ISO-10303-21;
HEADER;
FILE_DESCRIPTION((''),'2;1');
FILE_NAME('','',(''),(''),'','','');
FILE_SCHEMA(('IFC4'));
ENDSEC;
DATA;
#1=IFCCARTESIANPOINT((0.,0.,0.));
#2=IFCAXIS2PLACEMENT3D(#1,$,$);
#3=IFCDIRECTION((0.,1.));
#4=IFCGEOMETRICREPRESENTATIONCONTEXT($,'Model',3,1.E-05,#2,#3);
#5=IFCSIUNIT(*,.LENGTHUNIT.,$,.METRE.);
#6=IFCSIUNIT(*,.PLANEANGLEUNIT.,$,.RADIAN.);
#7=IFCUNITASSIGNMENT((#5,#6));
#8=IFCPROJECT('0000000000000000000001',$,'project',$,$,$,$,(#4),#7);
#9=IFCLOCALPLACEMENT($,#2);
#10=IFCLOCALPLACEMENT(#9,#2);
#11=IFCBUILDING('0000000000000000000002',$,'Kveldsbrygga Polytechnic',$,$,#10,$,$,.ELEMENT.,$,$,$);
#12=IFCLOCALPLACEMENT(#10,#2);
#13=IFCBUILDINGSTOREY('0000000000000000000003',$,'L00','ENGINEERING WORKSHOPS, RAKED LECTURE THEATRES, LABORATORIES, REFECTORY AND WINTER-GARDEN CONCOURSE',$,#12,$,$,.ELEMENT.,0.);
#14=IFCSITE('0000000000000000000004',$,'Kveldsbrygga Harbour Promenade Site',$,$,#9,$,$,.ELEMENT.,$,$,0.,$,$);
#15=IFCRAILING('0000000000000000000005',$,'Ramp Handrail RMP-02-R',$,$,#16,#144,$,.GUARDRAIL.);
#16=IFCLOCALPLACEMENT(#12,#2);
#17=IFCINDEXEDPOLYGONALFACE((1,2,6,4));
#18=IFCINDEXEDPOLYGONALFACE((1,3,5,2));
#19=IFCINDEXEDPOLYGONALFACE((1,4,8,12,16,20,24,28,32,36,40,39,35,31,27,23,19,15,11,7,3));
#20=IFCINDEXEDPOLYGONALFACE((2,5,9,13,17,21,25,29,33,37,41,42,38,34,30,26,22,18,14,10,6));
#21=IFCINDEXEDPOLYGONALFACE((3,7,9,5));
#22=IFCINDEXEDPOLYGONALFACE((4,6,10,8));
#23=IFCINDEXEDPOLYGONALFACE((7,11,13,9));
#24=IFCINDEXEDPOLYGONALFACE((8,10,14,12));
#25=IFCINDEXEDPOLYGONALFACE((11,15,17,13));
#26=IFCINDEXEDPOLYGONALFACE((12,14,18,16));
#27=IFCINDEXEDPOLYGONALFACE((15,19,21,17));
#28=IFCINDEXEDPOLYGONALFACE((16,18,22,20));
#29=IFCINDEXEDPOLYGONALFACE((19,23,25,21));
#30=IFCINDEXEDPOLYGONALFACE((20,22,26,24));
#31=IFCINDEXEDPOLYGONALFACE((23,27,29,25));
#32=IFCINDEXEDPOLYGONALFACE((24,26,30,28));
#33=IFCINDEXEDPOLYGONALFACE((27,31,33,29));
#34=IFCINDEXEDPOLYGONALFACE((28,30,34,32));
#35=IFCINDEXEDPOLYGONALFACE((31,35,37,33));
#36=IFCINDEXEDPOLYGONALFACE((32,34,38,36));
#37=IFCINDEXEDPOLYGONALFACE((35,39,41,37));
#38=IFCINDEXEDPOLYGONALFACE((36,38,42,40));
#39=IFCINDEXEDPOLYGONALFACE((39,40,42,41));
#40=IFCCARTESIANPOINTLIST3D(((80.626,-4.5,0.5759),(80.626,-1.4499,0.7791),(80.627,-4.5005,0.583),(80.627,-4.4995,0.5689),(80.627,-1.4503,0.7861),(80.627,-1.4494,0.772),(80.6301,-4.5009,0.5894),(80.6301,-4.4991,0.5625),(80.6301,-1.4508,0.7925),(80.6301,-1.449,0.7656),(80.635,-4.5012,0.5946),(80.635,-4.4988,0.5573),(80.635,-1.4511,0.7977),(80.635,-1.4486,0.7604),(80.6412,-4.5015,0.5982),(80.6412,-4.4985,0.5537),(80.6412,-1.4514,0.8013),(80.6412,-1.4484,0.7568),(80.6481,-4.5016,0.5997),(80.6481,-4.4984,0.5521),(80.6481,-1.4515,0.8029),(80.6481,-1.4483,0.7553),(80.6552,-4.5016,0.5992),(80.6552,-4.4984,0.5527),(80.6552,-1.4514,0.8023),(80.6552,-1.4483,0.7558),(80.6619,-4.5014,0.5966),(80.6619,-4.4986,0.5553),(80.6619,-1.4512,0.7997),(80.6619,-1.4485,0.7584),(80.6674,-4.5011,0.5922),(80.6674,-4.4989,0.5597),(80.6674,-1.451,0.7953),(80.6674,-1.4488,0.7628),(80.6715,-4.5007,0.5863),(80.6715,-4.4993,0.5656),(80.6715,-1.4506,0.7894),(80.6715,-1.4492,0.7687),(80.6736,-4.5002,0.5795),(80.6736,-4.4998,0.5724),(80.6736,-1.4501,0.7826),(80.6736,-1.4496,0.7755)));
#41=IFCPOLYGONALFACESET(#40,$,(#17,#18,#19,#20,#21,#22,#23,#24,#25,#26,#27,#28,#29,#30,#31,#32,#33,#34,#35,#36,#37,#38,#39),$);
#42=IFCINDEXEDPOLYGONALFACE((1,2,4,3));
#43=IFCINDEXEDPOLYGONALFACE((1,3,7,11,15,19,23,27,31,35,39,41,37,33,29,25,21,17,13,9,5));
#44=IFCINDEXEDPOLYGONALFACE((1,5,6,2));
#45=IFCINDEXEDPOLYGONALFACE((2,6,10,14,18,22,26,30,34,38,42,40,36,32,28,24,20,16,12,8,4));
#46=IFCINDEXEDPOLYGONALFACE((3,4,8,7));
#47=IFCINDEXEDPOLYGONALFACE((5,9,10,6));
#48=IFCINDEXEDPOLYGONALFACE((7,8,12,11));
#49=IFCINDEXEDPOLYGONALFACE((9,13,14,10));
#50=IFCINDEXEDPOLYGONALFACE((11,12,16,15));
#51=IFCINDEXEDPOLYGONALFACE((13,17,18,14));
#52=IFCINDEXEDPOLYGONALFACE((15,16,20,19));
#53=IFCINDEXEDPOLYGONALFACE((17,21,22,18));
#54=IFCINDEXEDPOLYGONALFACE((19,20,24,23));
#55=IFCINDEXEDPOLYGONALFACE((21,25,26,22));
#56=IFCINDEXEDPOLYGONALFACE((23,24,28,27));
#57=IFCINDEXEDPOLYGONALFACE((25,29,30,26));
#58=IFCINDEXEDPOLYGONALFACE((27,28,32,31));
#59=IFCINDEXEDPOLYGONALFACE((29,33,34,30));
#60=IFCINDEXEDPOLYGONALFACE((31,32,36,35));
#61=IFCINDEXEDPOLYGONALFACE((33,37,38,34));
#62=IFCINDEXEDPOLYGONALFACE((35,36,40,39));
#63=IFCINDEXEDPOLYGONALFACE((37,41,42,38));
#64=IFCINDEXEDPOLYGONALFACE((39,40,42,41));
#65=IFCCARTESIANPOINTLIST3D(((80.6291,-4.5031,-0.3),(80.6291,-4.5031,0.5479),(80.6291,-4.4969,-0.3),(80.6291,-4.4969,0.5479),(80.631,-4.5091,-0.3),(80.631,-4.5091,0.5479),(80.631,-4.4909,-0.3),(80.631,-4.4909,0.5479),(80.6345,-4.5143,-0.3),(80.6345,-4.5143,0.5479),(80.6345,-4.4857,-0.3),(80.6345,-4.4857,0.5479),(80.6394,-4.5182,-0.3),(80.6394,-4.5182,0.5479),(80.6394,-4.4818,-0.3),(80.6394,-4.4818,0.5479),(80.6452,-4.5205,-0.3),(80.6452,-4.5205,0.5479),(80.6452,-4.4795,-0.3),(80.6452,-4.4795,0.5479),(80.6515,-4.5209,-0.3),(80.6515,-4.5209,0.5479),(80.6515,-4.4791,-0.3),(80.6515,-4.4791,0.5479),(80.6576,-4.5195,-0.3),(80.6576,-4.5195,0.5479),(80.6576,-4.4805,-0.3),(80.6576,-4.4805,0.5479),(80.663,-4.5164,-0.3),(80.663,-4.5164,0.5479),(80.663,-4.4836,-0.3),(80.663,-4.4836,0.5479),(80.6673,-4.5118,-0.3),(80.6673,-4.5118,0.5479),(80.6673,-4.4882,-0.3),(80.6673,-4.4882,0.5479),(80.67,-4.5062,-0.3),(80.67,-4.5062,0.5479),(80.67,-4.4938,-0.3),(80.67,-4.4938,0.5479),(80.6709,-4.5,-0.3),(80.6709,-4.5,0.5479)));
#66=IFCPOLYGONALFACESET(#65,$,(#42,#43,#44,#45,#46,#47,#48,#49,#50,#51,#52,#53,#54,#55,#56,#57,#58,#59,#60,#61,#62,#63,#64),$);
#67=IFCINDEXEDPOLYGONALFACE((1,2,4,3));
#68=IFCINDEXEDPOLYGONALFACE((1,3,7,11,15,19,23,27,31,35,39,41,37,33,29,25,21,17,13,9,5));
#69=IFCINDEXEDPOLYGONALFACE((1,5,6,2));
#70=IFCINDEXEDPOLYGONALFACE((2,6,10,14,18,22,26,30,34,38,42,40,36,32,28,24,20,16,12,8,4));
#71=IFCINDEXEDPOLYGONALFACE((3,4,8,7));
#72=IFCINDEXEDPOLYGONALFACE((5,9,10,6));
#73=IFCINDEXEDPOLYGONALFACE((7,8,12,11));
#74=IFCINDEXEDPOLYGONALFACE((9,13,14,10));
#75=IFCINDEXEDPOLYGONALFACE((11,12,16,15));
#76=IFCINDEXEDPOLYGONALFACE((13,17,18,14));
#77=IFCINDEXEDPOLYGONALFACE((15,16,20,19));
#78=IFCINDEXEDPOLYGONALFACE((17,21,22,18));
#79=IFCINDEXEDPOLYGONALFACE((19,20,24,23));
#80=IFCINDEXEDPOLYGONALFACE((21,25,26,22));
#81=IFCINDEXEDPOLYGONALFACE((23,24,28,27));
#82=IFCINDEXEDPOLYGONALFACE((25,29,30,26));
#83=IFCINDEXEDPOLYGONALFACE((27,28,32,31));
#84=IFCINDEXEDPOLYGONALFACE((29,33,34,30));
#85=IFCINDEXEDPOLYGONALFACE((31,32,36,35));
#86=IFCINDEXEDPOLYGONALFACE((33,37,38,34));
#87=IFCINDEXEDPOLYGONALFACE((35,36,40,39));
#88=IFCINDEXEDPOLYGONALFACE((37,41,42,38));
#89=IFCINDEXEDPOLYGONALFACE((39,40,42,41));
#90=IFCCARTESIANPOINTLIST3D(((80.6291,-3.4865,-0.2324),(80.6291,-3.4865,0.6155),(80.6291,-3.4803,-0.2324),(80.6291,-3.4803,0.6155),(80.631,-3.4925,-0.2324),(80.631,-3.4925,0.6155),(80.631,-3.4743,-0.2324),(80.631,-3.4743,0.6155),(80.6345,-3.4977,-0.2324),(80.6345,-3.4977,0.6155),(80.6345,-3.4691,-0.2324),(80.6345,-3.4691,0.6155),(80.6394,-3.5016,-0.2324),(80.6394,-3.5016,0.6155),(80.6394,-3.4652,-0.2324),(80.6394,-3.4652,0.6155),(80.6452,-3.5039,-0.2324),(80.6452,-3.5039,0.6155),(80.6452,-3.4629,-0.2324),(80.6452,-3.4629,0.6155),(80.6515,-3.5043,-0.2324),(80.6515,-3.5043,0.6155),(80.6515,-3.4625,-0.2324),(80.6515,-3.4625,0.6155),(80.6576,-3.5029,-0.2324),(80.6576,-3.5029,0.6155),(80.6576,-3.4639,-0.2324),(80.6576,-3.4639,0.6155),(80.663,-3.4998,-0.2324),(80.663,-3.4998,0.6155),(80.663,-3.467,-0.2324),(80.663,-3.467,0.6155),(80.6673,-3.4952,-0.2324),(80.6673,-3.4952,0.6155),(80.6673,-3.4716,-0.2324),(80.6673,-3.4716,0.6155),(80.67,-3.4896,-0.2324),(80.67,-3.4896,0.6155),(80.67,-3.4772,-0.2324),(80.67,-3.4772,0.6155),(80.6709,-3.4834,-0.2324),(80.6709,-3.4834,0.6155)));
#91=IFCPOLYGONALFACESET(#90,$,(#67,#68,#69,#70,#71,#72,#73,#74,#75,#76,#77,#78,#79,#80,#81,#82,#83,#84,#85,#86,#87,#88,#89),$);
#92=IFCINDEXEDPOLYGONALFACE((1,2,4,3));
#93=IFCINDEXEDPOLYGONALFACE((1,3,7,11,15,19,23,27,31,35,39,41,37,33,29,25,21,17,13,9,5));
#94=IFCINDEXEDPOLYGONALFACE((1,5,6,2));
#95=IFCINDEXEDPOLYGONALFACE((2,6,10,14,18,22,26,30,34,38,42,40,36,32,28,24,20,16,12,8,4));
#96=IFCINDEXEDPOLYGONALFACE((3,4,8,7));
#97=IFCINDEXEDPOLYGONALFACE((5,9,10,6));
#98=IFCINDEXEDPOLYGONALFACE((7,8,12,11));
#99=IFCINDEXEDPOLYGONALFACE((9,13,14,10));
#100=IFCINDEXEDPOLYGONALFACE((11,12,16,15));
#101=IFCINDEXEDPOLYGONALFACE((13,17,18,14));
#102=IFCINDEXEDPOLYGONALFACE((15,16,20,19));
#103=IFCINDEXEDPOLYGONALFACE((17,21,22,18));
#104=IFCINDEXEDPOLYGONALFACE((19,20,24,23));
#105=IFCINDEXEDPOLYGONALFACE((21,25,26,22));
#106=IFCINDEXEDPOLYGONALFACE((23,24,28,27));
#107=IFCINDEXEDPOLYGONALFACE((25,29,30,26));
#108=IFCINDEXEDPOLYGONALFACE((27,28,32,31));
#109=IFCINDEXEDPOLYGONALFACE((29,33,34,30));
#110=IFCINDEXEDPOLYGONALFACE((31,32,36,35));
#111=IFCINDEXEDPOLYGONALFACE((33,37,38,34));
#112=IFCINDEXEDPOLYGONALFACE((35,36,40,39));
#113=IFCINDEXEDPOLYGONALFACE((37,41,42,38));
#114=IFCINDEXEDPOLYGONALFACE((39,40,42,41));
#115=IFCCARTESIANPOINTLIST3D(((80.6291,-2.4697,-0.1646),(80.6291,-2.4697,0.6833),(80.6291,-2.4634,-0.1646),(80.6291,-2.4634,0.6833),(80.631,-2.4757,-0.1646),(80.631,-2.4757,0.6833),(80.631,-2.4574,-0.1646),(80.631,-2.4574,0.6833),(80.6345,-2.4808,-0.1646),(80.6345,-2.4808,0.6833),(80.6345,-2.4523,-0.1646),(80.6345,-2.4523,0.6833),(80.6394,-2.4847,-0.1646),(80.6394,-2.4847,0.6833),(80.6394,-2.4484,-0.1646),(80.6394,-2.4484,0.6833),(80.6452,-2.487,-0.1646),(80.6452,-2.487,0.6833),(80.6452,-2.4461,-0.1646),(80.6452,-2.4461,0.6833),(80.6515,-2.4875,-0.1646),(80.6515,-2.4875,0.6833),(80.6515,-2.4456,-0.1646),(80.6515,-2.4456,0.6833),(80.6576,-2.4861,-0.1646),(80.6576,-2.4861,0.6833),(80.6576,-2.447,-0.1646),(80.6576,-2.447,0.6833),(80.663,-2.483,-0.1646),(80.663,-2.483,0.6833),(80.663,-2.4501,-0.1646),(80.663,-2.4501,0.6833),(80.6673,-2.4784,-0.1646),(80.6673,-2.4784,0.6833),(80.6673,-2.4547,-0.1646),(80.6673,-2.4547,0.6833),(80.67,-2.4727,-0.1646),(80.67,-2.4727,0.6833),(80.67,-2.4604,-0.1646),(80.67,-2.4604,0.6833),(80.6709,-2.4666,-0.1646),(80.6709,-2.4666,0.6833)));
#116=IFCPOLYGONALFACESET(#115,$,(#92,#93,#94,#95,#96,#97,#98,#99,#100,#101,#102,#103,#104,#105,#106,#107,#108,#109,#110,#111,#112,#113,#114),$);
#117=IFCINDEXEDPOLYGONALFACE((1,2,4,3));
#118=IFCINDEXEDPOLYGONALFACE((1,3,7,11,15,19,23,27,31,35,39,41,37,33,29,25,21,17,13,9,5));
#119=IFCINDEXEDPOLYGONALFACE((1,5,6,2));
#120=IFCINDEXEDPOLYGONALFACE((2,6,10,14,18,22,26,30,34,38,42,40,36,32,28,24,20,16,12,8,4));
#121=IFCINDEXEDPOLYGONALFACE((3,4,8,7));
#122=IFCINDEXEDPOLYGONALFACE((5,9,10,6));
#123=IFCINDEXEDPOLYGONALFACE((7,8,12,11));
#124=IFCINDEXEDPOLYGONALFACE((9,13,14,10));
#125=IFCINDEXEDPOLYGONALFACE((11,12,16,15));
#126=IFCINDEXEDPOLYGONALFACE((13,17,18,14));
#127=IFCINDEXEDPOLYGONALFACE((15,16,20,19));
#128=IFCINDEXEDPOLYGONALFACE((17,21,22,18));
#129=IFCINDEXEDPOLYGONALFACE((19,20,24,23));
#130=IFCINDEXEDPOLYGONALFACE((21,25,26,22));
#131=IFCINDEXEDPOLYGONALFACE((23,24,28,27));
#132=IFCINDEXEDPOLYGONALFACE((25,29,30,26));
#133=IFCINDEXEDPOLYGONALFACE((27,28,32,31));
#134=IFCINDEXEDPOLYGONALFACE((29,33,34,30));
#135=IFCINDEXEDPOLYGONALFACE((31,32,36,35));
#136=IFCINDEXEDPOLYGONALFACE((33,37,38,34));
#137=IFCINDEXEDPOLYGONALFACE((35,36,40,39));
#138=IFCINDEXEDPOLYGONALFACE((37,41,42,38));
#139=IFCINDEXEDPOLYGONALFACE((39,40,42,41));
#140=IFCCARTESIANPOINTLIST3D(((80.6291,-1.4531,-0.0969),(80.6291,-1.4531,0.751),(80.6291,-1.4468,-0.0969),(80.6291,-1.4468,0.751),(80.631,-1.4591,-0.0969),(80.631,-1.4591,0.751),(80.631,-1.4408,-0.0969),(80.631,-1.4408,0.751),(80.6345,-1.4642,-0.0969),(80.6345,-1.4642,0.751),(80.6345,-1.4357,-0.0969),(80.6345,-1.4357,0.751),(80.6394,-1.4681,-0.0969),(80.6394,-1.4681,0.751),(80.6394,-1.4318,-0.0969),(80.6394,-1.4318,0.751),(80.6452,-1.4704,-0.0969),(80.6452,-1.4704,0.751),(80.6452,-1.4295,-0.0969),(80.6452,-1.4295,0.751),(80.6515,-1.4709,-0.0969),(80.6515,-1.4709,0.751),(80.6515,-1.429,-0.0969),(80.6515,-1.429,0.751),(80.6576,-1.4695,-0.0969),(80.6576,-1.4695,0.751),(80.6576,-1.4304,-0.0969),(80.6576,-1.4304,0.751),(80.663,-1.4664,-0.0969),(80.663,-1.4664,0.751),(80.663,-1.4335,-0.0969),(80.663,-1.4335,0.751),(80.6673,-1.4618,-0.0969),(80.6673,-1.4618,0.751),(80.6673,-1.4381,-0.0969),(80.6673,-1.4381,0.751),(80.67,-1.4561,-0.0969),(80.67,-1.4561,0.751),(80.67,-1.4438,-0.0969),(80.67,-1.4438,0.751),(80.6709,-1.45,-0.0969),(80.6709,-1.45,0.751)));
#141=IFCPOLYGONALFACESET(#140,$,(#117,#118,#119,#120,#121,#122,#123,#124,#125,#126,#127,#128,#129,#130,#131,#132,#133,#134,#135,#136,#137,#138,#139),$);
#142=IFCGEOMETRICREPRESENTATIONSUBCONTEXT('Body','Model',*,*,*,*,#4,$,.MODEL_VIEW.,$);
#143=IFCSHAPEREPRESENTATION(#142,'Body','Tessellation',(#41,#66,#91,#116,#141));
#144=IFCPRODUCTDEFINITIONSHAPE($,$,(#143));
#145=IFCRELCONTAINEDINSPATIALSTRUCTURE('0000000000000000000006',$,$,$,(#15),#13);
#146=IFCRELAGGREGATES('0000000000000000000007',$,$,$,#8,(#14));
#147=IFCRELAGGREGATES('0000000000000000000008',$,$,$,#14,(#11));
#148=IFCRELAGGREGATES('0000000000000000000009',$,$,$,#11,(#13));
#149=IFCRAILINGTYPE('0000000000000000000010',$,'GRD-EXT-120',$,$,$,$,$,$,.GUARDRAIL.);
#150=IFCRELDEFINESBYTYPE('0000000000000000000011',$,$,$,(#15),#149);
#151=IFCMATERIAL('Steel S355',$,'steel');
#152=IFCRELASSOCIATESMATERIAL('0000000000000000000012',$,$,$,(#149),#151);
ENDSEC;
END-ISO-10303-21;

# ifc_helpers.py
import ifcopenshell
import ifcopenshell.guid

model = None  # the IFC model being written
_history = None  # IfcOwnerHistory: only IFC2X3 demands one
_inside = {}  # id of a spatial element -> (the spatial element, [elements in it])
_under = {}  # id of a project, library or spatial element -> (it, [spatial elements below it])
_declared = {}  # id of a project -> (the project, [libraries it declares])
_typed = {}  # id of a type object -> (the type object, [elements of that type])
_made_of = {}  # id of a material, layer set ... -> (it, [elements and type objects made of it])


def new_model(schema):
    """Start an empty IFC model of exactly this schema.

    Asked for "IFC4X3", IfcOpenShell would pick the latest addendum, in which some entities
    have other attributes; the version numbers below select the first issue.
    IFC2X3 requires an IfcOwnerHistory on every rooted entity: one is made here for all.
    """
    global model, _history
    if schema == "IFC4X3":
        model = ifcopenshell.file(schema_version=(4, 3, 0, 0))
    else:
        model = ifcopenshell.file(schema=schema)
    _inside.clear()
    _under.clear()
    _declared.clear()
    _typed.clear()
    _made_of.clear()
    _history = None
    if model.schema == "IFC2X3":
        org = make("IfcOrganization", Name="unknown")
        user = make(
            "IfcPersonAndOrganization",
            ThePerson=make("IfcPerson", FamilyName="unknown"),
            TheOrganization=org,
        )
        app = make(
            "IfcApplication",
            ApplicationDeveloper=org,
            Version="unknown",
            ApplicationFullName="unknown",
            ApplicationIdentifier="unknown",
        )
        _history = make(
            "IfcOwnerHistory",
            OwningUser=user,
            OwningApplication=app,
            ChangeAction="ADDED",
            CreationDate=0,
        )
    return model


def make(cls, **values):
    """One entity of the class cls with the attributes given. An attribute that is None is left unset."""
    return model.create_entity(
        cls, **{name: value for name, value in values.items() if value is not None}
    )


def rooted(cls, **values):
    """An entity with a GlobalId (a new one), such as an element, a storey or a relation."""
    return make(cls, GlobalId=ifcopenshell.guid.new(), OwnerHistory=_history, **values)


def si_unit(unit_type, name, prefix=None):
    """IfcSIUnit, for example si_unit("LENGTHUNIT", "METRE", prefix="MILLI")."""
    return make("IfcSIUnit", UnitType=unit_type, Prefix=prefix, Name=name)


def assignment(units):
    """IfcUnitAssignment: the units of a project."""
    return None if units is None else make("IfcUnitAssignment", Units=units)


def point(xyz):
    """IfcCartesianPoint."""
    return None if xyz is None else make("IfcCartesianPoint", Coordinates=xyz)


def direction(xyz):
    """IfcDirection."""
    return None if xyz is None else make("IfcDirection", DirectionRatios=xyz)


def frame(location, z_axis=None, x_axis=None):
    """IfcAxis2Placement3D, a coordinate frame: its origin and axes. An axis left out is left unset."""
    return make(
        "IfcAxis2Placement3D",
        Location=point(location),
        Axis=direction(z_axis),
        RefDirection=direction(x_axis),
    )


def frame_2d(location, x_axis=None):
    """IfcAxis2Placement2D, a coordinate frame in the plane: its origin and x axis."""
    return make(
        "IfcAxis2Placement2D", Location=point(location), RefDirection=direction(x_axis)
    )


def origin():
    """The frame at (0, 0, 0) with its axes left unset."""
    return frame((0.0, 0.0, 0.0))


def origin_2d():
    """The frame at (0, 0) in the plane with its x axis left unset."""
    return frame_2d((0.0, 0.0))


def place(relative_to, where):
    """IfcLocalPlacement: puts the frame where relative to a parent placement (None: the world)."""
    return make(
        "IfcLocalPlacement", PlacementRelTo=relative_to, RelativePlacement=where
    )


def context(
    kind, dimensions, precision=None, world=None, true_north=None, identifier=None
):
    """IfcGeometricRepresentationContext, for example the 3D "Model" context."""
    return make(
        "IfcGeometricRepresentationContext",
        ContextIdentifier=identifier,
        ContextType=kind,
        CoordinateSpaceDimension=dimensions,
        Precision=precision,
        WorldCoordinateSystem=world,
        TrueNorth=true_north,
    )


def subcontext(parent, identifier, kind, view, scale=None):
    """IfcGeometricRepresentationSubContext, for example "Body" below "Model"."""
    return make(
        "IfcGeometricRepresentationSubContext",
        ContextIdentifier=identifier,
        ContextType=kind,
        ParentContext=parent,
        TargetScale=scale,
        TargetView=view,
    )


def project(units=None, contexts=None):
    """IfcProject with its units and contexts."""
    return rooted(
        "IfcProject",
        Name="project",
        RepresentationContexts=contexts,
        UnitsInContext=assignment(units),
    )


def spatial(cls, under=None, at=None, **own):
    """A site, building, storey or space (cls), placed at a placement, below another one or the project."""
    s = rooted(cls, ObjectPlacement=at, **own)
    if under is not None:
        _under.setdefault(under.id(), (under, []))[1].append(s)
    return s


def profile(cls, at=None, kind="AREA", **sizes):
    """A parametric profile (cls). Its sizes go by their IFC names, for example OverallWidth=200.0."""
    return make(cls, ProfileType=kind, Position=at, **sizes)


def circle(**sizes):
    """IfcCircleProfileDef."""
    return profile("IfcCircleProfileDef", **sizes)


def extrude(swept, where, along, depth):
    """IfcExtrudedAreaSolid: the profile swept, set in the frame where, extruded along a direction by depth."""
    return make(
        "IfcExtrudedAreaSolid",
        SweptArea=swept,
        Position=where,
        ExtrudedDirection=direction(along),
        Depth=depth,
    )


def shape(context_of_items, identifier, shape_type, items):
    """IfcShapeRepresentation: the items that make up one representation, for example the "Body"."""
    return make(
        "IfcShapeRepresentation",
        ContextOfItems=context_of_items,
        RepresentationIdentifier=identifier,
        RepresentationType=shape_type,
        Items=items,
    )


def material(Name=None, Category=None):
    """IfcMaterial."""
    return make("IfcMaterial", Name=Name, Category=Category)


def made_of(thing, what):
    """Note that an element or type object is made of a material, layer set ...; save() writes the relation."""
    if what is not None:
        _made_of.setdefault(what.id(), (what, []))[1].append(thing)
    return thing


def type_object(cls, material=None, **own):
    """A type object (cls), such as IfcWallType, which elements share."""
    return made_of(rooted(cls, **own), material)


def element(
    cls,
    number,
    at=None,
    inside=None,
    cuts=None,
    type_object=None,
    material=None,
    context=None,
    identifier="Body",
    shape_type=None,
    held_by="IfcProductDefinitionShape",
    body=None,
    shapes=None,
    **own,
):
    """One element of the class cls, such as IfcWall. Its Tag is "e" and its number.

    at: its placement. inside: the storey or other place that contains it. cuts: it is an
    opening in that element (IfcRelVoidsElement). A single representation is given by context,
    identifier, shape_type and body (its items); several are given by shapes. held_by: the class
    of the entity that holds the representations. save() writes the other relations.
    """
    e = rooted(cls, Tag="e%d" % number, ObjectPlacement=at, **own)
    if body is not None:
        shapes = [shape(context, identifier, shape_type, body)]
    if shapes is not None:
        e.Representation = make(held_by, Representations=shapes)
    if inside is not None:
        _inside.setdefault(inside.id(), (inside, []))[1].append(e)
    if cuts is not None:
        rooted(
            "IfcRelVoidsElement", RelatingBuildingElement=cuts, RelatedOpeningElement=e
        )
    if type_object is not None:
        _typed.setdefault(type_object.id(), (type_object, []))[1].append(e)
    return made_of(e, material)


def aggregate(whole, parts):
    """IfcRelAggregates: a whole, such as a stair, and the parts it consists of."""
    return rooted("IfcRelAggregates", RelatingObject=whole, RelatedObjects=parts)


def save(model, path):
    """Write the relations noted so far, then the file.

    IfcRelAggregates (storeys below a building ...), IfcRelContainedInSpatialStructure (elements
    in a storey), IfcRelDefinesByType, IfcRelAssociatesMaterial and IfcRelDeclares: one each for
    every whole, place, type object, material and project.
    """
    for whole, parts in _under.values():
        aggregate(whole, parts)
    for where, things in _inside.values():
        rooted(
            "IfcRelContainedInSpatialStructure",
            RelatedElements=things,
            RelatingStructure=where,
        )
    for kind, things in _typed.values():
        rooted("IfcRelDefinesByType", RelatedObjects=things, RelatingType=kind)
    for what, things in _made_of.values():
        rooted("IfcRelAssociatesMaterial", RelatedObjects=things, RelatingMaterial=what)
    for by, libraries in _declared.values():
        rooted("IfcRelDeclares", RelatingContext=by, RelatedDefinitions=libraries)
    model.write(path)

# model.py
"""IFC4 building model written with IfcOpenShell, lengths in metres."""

from ifc_helpers import new_model, si_unit, direction, frame, origin, origin_2d, place, context, subcontext, project, spatial, circle, extrude, material, type_object, element, save


model = new_model("IFC4")

# Units and contexts
model_context = context("Model", 3, precision=1e-05, world=origin(), true_north=direction((0.0, 1.0)))
body_context = subcontext(model_context, "Body", "Model", "MODEL_VIEW")
ifc_project = project(units=[si_unit("LENGTHUNIT", "METRE"), si_unit("PLANEANGLEUNIT", "RADIAN")], contexts=[model_context])

# Site, building, storey
site_placement = place(None, origin())
site = spatial("IfcSite", under=ifc_project, at=site_placement, Name="Kveldsbrygga Harbour Promenade Site", CompositionType="ELEMENT", RefElevation=0.0)
building_placement = place(site_placement, origin())
building = spatial("IfcBuilding", under=site, at=building_placement, Name="Kveldsbrygga Polytechnic", CompositionType="ELEMENT")
storey_placement = place(building_placement, origin())
storey = spatial("IfcBuildingStorey", under=building, at=storey_placement, Name="L00", Description="ENGINEERING WORKSHOPS, RAKED LECTURE THEATRES, LABORATORIES, REFECTORY AND WINTER-GARDEN CONCOURSE", CompositionType="ELEMENT", Elevation=0.0)

# Shared definitions
ifc_material_1 = material(Name="Steel S355", Category="steel")

# Railing
railing_type = type_object("IfcRailingType", Name="GRD-EXT-120", PredefinedType="GUARDRAIL", material=ifc_material_1)
for number, where, name in (
    (1, (80.6499, -4.5, -0.3), "Ramp Handrail RMP-02-R"),
):
    element("IfcRailing", number, at=place(storey_placement, frame(where)), inside=storey, type_object=railing_type, Name=name, PredefinedType="GUARDRAIL", context=body_context, shape_type="SweptSolid", body=[
        extrude(circle(Radius=0.0239, at=origin_2d()), frame((0.0, 0.0, 0.876), z_axis=(0.0, 0.99779, 0.06645), x_axis=(-1.0, 0.0, 0.0)), (0.0, 0.0, 1.0), 3.0569),
        extrude(circle(Radius=0.021, at=origin_2d()), origin(), (0.0, 0.0, 1.0), 0.8479),
        extrude(circle(Radius=0.021, at=origin_2d()), frame((0.0, 1.0166, 0.0676)), (0.0, 0.0, 1.0), 0.8479),
        extrude(circle(Radius=0.021, at=origin_2d()), frame((0.0, 2.0334, 0.1355)), (0.0, 0.0, 1.0), 0.8479),
        extrude(circle(Radius=0.021, at=origin_2d()), frame((0.0, 3.05, 0.2031)), (0.0, 0.0, 1.0), 0.8479),
    ])

save(model, "model.ifc")
